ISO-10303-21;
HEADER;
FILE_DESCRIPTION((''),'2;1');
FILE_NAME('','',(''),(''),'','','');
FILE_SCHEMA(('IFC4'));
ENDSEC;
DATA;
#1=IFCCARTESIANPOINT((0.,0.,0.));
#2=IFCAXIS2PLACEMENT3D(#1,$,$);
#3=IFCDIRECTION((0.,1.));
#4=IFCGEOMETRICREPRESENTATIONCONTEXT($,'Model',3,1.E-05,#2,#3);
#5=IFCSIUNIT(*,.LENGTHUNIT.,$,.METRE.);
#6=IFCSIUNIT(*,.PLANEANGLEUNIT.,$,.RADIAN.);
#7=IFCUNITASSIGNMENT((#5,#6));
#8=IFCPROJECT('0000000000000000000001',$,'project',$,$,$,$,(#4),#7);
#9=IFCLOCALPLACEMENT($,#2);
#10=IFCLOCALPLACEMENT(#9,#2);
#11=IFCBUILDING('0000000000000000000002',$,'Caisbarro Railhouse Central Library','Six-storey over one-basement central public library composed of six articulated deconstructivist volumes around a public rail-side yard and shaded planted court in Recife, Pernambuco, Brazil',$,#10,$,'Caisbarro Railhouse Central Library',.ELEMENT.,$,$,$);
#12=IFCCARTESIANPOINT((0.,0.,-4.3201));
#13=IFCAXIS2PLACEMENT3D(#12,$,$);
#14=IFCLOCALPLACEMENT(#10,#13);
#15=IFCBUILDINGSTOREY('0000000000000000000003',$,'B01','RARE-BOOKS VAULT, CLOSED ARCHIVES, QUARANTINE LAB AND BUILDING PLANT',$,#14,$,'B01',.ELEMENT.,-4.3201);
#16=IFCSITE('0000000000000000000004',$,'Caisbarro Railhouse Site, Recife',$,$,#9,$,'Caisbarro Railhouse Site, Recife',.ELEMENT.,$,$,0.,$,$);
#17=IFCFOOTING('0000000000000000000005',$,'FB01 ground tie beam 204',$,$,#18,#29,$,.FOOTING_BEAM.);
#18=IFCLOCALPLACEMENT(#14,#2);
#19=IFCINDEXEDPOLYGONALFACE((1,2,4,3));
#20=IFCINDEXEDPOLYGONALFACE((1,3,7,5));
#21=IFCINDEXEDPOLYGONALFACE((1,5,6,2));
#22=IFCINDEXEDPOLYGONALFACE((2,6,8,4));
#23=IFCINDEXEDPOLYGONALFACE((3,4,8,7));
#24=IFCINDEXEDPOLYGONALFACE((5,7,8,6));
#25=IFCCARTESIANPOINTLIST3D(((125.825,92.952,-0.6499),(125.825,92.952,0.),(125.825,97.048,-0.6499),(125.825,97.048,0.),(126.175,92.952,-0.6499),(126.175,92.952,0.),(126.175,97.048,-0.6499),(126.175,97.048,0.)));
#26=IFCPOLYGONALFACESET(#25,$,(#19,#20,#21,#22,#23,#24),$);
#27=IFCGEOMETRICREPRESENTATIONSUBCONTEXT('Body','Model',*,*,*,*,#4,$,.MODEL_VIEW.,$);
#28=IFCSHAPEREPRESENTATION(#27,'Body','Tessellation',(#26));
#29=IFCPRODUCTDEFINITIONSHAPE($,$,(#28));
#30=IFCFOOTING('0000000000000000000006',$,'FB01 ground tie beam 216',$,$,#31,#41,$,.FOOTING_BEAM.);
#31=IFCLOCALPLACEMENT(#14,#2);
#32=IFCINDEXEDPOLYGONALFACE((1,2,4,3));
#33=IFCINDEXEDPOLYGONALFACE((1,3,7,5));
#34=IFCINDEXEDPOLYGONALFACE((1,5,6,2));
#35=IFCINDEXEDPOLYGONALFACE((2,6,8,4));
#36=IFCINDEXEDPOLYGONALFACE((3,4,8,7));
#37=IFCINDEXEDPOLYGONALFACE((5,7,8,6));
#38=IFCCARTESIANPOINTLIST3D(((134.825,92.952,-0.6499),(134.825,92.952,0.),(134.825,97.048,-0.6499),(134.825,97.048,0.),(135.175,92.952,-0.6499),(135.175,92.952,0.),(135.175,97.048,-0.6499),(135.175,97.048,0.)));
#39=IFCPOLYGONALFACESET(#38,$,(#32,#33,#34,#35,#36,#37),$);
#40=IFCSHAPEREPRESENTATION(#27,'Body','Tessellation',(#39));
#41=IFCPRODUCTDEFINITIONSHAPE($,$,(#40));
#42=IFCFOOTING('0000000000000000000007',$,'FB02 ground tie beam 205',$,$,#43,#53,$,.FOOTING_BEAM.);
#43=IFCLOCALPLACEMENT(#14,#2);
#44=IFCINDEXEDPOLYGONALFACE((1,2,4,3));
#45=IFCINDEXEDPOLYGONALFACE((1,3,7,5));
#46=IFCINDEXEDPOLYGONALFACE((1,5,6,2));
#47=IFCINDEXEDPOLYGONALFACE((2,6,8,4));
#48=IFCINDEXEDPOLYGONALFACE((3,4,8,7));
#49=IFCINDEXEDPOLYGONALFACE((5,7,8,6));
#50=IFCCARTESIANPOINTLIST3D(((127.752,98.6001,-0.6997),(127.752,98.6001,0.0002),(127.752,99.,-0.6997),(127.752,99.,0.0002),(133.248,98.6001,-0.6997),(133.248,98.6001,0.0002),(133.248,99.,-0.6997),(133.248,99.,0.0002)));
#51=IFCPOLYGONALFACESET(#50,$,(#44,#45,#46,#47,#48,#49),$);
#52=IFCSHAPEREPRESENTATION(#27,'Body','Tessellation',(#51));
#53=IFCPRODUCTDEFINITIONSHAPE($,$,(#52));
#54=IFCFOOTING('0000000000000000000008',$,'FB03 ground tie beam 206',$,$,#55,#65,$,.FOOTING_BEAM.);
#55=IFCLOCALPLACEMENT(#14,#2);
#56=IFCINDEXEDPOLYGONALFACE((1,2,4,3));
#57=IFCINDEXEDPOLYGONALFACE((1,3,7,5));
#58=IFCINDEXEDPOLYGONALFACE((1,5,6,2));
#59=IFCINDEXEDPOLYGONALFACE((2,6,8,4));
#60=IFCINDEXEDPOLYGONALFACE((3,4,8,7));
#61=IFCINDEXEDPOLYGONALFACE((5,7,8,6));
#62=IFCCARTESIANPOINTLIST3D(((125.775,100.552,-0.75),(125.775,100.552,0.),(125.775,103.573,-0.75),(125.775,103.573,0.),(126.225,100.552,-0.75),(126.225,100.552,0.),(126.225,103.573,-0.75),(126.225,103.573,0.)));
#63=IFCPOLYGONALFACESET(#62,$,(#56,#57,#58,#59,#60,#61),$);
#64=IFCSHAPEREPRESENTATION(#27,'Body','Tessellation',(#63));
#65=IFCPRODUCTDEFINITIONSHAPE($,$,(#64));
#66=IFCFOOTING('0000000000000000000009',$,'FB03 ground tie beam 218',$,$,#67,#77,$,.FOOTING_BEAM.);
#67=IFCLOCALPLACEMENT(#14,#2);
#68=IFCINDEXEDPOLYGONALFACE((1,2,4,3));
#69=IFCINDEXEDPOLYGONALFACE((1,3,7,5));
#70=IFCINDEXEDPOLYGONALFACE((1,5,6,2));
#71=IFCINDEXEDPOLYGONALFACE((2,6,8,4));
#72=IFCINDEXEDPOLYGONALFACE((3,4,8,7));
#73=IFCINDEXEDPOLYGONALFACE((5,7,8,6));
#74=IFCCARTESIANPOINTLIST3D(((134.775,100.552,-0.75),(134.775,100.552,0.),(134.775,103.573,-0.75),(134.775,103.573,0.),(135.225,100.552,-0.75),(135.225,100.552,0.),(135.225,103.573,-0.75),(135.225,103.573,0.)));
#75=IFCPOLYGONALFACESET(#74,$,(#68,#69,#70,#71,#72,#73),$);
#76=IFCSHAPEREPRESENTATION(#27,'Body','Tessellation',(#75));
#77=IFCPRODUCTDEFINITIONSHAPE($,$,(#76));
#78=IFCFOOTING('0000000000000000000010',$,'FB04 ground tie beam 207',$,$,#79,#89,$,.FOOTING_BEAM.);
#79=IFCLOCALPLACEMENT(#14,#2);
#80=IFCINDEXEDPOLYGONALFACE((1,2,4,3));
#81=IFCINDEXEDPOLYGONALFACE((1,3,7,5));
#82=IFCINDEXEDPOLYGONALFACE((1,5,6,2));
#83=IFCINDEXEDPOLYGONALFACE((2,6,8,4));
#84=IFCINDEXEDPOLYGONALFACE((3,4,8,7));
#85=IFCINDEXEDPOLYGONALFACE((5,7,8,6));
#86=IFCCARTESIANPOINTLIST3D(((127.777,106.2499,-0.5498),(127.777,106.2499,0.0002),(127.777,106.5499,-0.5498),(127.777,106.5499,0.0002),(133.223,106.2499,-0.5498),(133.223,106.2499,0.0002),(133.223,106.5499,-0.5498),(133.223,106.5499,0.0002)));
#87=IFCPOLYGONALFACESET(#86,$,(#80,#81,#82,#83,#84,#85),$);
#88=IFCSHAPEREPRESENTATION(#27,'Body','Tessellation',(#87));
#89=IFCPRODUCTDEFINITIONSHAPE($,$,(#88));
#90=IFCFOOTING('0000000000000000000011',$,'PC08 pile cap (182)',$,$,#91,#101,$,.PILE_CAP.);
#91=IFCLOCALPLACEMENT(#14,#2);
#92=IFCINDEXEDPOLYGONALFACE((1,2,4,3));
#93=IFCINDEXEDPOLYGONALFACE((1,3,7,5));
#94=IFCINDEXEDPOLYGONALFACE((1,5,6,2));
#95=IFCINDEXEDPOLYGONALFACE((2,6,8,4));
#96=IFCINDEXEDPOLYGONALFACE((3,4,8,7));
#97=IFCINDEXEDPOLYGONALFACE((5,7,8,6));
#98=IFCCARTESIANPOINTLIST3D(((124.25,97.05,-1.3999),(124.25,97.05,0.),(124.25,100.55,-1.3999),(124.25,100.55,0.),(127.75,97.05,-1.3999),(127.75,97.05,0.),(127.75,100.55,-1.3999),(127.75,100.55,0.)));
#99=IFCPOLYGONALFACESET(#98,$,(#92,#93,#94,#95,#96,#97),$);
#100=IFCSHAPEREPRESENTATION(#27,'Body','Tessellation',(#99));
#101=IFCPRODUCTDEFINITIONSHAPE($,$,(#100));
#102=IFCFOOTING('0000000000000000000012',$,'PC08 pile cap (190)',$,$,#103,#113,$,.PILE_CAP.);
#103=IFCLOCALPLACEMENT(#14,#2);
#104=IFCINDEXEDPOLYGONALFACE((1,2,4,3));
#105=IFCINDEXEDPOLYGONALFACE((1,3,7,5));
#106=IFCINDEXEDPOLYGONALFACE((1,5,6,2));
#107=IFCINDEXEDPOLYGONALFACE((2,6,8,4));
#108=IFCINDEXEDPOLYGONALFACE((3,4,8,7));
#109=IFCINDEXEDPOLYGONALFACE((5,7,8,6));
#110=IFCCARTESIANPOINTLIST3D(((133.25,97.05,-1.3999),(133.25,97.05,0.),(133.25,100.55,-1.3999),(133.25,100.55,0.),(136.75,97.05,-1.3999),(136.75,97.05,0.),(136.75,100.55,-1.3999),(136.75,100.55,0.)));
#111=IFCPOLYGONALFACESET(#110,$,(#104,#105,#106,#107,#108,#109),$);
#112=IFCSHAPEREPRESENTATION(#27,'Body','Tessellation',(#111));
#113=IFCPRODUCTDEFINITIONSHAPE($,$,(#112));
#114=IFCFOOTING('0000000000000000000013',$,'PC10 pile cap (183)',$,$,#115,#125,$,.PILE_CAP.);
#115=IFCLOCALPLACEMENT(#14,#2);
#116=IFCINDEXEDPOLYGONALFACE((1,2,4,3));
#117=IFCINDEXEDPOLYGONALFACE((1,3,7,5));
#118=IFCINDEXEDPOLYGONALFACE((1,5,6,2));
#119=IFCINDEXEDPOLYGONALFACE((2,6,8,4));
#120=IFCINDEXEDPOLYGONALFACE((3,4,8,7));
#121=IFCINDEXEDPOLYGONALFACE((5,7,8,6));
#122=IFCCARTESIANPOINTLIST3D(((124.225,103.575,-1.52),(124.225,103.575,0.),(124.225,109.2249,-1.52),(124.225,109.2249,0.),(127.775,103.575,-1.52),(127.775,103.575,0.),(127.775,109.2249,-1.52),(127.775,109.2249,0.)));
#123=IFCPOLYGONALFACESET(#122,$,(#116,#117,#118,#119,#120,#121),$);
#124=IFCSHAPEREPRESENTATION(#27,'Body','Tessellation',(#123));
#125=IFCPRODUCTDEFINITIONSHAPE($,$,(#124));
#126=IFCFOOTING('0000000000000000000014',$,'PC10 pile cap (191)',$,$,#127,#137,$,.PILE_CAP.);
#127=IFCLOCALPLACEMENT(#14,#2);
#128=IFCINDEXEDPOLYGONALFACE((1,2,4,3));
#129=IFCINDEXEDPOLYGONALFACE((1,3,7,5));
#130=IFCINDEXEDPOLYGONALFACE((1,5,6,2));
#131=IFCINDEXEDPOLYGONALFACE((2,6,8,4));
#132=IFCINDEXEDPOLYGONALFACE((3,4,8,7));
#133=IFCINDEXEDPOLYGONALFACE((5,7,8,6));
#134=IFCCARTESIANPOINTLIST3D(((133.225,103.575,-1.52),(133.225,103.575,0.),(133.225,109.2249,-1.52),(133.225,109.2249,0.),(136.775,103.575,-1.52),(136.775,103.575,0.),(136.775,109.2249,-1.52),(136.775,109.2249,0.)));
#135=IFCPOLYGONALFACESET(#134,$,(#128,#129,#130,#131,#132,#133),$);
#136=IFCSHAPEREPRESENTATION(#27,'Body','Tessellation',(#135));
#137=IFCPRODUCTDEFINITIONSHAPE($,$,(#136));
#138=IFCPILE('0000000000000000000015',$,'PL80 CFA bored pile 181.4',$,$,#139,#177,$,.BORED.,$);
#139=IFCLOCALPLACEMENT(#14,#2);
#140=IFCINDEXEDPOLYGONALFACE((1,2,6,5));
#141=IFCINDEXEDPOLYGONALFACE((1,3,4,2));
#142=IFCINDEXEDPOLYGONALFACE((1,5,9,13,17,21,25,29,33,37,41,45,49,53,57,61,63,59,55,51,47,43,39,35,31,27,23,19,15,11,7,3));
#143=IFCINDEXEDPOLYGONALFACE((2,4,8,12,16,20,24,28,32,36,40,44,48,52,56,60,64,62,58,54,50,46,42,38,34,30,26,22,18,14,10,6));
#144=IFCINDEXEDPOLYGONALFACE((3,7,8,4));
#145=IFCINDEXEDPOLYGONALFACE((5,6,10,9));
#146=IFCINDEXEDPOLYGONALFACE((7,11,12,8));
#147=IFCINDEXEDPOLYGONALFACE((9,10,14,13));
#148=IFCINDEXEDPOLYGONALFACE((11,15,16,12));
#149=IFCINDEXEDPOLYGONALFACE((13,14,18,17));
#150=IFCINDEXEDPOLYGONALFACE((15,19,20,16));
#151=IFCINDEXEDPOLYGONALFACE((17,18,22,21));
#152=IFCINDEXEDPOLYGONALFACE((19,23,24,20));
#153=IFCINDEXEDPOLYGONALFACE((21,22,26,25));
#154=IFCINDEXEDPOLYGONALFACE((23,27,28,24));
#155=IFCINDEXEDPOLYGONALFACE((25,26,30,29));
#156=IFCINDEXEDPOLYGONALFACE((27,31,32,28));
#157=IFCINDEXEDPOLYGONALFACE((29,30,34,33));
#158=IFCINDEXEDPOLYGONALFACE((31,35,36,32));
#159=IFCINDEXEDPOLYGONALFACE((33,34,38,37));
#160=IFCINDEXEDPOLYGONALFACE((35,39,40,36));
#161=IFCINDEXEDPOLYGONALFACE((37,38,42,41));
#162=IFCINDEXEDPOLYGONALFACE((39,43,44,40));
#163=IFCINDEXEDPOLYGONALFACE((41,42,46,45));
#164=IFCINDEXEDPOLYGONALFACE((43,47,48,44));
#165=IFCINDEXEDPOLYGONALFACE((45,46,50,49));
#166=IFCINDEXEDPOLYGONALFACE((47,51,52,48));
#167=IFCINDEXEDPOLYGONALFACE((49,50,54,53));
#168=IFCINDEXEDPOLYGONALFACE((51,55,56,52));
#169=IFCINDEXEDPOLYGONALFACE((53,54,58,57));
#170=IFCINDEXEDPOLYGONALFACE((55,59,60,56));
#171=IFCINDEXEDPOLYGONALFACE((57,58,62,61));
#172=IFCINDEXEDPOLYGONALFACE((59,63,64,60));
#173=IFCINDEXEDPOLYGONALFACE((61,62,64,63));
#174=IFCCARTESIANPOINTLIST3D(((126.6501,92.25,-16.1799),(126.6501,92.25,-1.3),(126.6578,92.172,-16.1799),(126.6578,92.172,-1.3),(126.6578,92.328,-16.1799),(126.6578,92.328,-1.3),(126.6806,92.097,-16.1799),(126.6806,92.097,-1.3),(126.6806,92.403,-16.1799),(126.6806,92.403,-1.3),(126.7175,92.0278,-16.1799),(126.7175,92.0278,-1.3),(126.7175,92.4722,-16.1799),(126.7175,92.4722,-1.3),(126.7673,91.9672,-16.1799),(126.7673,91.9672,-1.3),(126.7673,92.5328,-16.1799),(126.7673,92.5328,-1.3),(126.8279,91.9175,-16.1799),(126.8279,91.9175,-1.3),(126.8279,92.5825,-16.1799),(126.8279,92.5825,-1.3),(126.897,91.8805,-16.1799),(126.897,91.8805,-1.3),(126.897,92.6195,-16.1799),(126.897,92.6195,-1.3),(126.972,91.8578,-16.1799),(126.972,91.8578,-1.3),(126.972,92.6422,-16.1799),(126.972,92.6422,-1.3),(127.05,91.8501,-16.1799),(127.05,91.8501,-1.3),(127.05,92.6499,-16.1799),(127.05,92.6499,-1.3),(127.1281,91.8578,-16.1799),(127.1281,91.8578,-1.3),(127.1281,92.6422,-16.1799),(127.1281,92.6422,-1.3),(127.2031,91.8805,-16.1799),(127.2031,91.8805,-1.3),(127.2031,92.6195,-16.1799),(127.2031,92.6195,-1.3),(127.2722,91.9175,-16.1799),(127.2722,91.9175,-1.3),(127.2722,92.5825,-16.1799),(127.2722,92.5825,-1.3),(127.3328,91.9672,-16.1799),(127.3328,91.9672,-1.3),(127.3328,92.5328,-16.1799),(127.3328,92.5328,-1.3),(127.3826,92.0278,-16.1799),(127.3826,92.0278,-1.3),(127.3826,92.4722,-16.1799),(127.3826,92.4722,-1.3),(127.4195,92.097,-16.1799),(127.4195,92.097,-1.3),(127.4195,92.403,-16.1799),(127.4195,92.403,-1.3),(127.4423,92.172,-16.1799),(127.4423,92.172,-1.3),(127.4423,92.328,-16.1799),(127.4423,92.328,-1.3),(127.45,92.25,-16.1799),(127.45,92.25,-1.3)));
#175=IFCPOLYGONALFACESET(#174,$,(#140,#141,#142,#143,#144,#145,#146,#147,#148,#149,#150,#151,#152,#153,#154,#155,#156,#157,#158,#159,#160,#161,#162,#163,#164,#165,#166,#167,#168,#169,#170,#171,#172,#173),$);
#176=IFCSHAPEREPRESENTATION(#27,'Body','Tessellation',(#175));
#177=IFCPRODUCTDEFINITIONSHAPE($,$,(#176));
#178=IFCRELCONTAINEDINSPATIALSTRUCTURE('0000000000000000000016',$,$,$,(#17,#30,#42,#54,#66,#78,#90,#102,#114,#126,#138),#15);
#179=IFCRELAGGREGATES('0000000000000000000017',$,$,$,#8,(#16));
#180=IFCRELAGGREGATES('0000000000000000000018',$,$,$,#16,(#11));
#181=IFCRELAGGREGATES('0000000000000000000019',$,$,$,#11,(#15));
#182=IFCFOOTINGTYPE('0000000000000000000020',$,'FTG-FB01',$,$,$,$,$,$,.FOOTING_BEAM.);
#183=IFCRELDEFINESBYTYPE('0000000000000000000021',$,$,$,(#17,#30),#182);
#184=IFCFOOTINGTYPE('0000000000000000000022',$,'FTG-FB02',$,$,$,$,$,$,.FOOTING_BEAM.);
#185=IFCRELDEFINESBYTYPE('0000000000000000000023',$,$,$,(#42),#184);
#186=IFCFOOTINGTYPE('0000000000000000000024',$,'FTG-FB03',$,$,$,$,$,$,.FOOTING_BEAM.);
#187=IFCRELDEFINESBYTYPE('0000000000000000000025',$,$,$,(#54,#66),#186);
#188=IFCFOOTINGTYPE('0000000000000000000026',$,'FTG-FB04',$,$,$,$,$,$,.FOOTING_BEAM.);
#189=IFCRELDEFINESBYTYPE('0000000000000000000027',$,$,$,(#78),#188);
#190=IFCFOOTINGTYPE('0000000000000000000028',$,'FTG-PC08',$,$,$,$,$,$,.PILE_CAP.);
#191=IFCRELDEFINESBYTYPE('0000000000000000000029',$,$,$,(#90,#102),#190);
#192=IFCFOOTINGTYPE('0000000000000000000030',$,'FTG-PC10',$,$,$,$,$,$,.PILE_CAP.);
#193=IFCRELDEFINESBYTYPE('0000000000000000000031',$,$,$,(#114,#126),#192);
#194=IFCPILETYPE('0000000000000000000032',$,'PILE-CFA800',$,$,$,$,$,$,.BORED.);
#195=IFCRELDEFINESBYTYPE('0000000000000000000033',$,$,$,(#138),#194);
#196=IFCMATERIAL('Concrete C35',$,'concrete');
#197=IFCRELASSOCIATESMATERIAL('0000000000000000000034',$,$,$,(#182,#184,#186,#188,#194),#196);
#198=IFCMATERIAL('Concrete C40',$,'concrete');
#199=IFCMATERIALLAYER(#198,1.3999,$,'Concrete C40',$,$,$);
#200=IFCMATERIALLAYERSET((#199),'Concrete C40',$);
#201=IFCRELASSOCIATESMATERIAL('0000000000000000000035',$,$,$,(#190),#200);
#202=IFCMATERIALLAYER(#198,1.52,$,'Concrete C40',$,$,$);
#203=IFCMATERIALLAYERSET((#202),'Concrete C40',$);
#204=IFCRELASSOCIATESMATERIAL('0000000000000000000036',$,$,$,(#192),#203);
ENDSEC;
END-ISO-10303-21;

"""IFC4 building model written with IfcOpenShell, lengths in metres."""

from ifc_helpers import new_model, si_unit, direction, frame, origin, origin_2d, place, context, subcontext, project, spatial, rectangle, circle, extrude, material, layer, layer_set, material_profile, profile_set, type_object, element, save


model = new_model("IFC4")

# Units and contexts
model_context = context("Model", 3, precision=1e-05, world=origin(), true_north=direction((0.0, 1.0)))
body_context = subcontext(model_context, "Body", "Model", "MODEL_VIEW")
ifc_project = project(units=[si_unit("LENGTHUNIT", "METRE"), si_unit("PLANEANGLEUNIT", "RADIAN")], contexts=[model_context])

# Site, building, storey
site_placement = place(None, origin())
site = spatial("IfcSite", under=ifc_project, at=site_placement, Name="Caisbarro Railhouse Site, Recife", LongName="Caisbarro Railhouse Site, Recife", CompositionType="ELEMENT", RefElevation=0.0)
building_placement = place(site_placement, origin())
building = spatial("IfcBuilding", under=site, at=building_placement, Name="Caisbarro Railhouse Central Library", Description="Six-storey over one-basement central public library composed of six articulated deconstructivist volumes around a public rail-side yard and shaded planted court in Recife, Pernambuco, Brazil", LongName="Caisbarro Railhouse Central Library", CompositionType="ELEMENT")
storey_placement = place(building_placement, frame((0.0, 0.0, -4.3201)))
storey = spatial("IfcBuildingStorey", under=building, at=storey_placement, Name="B01", Description="RARE-BOOKS VAULT, CLOSED ARCHIVES, QUARANTINE LAB AND BUILDING PLANT", LongName="B01", CompositionType="ELEMENT", Elevation=-4.3201)

# Footings
ifc_material_1 = material(Name="Concrete C35", Category="concrete")
footing_type_1 = type_object("IfcFootingType", Name="FTG-FB01", PredefinedType="FOOTING_BEAM", material=ifc_material_1)
for number, where, z_axis, x_axis, name in (
    (1, (126.0, 95.0, -0.6499), (0.0, 0.0, 1.0), (0.0, 1.0, 0.0), "FB01 ground tie beam 204"),
    (2, (135.0, 95.0, -0.6499), (0.0, 0.0, 1.0), (0.0, 1.0, 0.0), "FB01 ground tie beam 216"),
):
    element("IfcFooting", number, at=place(storey_placement, frame(where, z_axis=z_axis, x_axis=x_axis)), inside=storey, type_object=footing_type_1, Name=name, PredefinedType="FOOTING_BEAM", context=body_context, shape_type="SweptSolid", body=[
        extrude(rectangle(XDim=4.0959, YDim=0.3501, at=origin_2d()), origin(), (0.0, 0.0, 1.0), 0.6499),
    ])
footing_type_2 = type_object("IfcFootingType", Name="FTG-FB02", PredefinedType="FOOTING_BEAM", material=ifc_material_1)
footing_1_placement = place(storey_placement, frame((130.5, 98.8, -0.6997), z_axis=(0.0, 0.0, 1.0), x_axis=(1.0, 0.0, 0.0)))
element("IfcFooting", 3, at=footing_1_placement, inside=storey, type_object=footing_type_2, Name="FB02 ground tie beam 205", PredefinedType="FOOTING_BEAM", context=body_context, shape_type="SweptSolid", body=[
    extrude(rectangle(XDim=5.4961, YDim=0.3999, at=origin_2d()), origin(), (0.0, 0.0, 1.0), 0.7),
])
footing_type_3 = type_object("IfcFootingType", Name="FTG-FB03", PredefinedType="FOOTING_BEAM", material=ifc_material_1)
for number, where, z_axis, x_axis, name in (
    (4, (126.0, 102.0625, -0.75), (0.0, 0.0, 1.0), (0.0, 1.0, 0.0), "FB03 ground tie beam 206"),
    (5, (135.0, 102.0625, -0.75), (0.0, 0.0, 1.0), (0.0, 1.0, 0.0), "FB03 ground tie beam 218"),
):
    element("IfcFooting", number, at=place(storey_placement, frame(where, z_axis=z_axis, x_axis=x_axis)), inside=storey, type_object=footing_type_3, Name=name, PredefinedType="FOOTING_BEAM", context=body_context, shape_type="SweptSolid", body=[
        extrude(rectangle(XDim=3.021, YDim=0.45, at=origin_2d()), origin(), (0.0, 0.0, 1.0), 0.75),
    ])
footing_type_4 = type_object("IfcFootingType", Name="FTG-FB04", PredefinedType="FOOTING_BEAM", material=ifc_material_1)
footing_2_placement = place(storey_placement, frame((130.5, 106.3999, -0.5498), z_axis=(0.0, 0.0, 1.0), x_axis=(1.0, 0.0, 0.0)))
element("IfcFooting", 6, at=footing_2_placement, inside=storey, type_object=footing_type_4, Name="FB04 ground tie beam 207", PredefinedType="FOOTING_BEAM", context=body_context, shape_type="SweptSolid", body=[
    extrude(rectangle(XDim=5.446, YDim=0.3, at=origin_2d()), origin(), (0.0, 0.0, 1.0), 0.55),
])
ifc_material_2 = material(Name="Concrete C40", Category="concrete")
ifc_layer_1 = layer(ifc_material_2, 1.3999, Name="Concrete C40")
ifc_layer_set_1 = layer_set([ifc_layer_1], Name="Concrete C40")
footing_type_5 = type_object("IfcFootingType", Name="FTG-PC08", PredefinedType="PILE_CAP", material=ifc_layer_set_1)
for number, where, z_axis, x_axis, name in (
    (7, (126.0, 98.8, -1.3999), (0.0, 0.0, 1.0), (1.0, 0.0, 0.0), "PC08 pile cap (182)"),
    (8, (135.0, 98.8, -1.3999), (0.0, 0.0, 1.0), (1.0, 0.0, 0.0), "PC08 pile cap (190)"),
):
    element("IfcFooting", number, at=place(storey_placement, frame(where, z_axis=z_axis, x_axis=x_axis)), inside=storey, type_object=footing_type_5, Name=name, PredefinedType="PILE_CAP", context=body_context, shape_type="SweptSolid", body=[
        extrude(rectangle(XDim=3.5, YDim=3.5, at=origin_2d()), origin(), (0.0, 0.0, 1.0), 1.3999),
    ])
ifc_layer_2 = layer(ifc_material_2, 1.52, Name="Concrete C40")
ifc_layer_set_2 = layer_set([ifc_layer_2], Name="Concrete C40")
footing_type_6 = type_object("IfcFootingType", Name="FTG-PC10", PredefinedType="PILE_CAP", material=ifc_layer_set_2)
for number, where, z_axis, x_axis, name in (
    (9, (126.0, 106.3999, -1.52), (0.0, 0.0, 1.0), (1.0, 0.0, 0.0), "PC10 pile cap (183)"),
    (10, (135.0, 106.3999, -1.52), (0.0, 0.0, 1.0), (1.0, 0.0, 0.0), "PC10 pile cap (191)"),
):
    element("IfcFooting", number, at=place(storey_placement, frame(where, z_axis=z_axis, x_axis=x_axis)), inside=storey, type_object=footing_type_6, Name=name, PredefinedType="PILE_CAP", context=body_context, shape_type="SweptSolid", body=[
        extrude(rectangle(XDim=3.55, YDim=5.6499, at=origin_2d()), origin(), (0.0, 0.0, 1.0), 1.52),
    ])

# Pile
ifc_material_profile_1 = material_profile(ifc_material_1, circle(Radius=0.3999, at=origin_2d()), Name="PILE-CFA-800")
ifc_profile_set_1 = profile_set([ifc_material_profile_1], Name="Concrete C35")
pile_type = type_object("IfcPileType", Name="PILE-CFA800", PredefinedType="BORED", material=ifc_profile_set_1)
for number, where, z_axis, x_axis, name in (
    (11, (127.05, 92.25, -1.3), (0.0, 0.0, -1.0), (1.0, 0.0, 0.0), "PL80 CFA bored pile 181.4"),
):
    element("IfcPile", number, at=place(storey_placement, frame(where, z_axis=z_axis, x_axis=x_axis)), inside=storey, type_object=pile_type, Name=name, PredefinedType="BORED", context=body_context, shape_type="SweptSolid", body=[
        extrude(circle(Radius=0.3999, at=origin_2d()), origin(), (0.0, 0.0, 1.0), 14.8799),
    ])

save(model, "model.ifc")
